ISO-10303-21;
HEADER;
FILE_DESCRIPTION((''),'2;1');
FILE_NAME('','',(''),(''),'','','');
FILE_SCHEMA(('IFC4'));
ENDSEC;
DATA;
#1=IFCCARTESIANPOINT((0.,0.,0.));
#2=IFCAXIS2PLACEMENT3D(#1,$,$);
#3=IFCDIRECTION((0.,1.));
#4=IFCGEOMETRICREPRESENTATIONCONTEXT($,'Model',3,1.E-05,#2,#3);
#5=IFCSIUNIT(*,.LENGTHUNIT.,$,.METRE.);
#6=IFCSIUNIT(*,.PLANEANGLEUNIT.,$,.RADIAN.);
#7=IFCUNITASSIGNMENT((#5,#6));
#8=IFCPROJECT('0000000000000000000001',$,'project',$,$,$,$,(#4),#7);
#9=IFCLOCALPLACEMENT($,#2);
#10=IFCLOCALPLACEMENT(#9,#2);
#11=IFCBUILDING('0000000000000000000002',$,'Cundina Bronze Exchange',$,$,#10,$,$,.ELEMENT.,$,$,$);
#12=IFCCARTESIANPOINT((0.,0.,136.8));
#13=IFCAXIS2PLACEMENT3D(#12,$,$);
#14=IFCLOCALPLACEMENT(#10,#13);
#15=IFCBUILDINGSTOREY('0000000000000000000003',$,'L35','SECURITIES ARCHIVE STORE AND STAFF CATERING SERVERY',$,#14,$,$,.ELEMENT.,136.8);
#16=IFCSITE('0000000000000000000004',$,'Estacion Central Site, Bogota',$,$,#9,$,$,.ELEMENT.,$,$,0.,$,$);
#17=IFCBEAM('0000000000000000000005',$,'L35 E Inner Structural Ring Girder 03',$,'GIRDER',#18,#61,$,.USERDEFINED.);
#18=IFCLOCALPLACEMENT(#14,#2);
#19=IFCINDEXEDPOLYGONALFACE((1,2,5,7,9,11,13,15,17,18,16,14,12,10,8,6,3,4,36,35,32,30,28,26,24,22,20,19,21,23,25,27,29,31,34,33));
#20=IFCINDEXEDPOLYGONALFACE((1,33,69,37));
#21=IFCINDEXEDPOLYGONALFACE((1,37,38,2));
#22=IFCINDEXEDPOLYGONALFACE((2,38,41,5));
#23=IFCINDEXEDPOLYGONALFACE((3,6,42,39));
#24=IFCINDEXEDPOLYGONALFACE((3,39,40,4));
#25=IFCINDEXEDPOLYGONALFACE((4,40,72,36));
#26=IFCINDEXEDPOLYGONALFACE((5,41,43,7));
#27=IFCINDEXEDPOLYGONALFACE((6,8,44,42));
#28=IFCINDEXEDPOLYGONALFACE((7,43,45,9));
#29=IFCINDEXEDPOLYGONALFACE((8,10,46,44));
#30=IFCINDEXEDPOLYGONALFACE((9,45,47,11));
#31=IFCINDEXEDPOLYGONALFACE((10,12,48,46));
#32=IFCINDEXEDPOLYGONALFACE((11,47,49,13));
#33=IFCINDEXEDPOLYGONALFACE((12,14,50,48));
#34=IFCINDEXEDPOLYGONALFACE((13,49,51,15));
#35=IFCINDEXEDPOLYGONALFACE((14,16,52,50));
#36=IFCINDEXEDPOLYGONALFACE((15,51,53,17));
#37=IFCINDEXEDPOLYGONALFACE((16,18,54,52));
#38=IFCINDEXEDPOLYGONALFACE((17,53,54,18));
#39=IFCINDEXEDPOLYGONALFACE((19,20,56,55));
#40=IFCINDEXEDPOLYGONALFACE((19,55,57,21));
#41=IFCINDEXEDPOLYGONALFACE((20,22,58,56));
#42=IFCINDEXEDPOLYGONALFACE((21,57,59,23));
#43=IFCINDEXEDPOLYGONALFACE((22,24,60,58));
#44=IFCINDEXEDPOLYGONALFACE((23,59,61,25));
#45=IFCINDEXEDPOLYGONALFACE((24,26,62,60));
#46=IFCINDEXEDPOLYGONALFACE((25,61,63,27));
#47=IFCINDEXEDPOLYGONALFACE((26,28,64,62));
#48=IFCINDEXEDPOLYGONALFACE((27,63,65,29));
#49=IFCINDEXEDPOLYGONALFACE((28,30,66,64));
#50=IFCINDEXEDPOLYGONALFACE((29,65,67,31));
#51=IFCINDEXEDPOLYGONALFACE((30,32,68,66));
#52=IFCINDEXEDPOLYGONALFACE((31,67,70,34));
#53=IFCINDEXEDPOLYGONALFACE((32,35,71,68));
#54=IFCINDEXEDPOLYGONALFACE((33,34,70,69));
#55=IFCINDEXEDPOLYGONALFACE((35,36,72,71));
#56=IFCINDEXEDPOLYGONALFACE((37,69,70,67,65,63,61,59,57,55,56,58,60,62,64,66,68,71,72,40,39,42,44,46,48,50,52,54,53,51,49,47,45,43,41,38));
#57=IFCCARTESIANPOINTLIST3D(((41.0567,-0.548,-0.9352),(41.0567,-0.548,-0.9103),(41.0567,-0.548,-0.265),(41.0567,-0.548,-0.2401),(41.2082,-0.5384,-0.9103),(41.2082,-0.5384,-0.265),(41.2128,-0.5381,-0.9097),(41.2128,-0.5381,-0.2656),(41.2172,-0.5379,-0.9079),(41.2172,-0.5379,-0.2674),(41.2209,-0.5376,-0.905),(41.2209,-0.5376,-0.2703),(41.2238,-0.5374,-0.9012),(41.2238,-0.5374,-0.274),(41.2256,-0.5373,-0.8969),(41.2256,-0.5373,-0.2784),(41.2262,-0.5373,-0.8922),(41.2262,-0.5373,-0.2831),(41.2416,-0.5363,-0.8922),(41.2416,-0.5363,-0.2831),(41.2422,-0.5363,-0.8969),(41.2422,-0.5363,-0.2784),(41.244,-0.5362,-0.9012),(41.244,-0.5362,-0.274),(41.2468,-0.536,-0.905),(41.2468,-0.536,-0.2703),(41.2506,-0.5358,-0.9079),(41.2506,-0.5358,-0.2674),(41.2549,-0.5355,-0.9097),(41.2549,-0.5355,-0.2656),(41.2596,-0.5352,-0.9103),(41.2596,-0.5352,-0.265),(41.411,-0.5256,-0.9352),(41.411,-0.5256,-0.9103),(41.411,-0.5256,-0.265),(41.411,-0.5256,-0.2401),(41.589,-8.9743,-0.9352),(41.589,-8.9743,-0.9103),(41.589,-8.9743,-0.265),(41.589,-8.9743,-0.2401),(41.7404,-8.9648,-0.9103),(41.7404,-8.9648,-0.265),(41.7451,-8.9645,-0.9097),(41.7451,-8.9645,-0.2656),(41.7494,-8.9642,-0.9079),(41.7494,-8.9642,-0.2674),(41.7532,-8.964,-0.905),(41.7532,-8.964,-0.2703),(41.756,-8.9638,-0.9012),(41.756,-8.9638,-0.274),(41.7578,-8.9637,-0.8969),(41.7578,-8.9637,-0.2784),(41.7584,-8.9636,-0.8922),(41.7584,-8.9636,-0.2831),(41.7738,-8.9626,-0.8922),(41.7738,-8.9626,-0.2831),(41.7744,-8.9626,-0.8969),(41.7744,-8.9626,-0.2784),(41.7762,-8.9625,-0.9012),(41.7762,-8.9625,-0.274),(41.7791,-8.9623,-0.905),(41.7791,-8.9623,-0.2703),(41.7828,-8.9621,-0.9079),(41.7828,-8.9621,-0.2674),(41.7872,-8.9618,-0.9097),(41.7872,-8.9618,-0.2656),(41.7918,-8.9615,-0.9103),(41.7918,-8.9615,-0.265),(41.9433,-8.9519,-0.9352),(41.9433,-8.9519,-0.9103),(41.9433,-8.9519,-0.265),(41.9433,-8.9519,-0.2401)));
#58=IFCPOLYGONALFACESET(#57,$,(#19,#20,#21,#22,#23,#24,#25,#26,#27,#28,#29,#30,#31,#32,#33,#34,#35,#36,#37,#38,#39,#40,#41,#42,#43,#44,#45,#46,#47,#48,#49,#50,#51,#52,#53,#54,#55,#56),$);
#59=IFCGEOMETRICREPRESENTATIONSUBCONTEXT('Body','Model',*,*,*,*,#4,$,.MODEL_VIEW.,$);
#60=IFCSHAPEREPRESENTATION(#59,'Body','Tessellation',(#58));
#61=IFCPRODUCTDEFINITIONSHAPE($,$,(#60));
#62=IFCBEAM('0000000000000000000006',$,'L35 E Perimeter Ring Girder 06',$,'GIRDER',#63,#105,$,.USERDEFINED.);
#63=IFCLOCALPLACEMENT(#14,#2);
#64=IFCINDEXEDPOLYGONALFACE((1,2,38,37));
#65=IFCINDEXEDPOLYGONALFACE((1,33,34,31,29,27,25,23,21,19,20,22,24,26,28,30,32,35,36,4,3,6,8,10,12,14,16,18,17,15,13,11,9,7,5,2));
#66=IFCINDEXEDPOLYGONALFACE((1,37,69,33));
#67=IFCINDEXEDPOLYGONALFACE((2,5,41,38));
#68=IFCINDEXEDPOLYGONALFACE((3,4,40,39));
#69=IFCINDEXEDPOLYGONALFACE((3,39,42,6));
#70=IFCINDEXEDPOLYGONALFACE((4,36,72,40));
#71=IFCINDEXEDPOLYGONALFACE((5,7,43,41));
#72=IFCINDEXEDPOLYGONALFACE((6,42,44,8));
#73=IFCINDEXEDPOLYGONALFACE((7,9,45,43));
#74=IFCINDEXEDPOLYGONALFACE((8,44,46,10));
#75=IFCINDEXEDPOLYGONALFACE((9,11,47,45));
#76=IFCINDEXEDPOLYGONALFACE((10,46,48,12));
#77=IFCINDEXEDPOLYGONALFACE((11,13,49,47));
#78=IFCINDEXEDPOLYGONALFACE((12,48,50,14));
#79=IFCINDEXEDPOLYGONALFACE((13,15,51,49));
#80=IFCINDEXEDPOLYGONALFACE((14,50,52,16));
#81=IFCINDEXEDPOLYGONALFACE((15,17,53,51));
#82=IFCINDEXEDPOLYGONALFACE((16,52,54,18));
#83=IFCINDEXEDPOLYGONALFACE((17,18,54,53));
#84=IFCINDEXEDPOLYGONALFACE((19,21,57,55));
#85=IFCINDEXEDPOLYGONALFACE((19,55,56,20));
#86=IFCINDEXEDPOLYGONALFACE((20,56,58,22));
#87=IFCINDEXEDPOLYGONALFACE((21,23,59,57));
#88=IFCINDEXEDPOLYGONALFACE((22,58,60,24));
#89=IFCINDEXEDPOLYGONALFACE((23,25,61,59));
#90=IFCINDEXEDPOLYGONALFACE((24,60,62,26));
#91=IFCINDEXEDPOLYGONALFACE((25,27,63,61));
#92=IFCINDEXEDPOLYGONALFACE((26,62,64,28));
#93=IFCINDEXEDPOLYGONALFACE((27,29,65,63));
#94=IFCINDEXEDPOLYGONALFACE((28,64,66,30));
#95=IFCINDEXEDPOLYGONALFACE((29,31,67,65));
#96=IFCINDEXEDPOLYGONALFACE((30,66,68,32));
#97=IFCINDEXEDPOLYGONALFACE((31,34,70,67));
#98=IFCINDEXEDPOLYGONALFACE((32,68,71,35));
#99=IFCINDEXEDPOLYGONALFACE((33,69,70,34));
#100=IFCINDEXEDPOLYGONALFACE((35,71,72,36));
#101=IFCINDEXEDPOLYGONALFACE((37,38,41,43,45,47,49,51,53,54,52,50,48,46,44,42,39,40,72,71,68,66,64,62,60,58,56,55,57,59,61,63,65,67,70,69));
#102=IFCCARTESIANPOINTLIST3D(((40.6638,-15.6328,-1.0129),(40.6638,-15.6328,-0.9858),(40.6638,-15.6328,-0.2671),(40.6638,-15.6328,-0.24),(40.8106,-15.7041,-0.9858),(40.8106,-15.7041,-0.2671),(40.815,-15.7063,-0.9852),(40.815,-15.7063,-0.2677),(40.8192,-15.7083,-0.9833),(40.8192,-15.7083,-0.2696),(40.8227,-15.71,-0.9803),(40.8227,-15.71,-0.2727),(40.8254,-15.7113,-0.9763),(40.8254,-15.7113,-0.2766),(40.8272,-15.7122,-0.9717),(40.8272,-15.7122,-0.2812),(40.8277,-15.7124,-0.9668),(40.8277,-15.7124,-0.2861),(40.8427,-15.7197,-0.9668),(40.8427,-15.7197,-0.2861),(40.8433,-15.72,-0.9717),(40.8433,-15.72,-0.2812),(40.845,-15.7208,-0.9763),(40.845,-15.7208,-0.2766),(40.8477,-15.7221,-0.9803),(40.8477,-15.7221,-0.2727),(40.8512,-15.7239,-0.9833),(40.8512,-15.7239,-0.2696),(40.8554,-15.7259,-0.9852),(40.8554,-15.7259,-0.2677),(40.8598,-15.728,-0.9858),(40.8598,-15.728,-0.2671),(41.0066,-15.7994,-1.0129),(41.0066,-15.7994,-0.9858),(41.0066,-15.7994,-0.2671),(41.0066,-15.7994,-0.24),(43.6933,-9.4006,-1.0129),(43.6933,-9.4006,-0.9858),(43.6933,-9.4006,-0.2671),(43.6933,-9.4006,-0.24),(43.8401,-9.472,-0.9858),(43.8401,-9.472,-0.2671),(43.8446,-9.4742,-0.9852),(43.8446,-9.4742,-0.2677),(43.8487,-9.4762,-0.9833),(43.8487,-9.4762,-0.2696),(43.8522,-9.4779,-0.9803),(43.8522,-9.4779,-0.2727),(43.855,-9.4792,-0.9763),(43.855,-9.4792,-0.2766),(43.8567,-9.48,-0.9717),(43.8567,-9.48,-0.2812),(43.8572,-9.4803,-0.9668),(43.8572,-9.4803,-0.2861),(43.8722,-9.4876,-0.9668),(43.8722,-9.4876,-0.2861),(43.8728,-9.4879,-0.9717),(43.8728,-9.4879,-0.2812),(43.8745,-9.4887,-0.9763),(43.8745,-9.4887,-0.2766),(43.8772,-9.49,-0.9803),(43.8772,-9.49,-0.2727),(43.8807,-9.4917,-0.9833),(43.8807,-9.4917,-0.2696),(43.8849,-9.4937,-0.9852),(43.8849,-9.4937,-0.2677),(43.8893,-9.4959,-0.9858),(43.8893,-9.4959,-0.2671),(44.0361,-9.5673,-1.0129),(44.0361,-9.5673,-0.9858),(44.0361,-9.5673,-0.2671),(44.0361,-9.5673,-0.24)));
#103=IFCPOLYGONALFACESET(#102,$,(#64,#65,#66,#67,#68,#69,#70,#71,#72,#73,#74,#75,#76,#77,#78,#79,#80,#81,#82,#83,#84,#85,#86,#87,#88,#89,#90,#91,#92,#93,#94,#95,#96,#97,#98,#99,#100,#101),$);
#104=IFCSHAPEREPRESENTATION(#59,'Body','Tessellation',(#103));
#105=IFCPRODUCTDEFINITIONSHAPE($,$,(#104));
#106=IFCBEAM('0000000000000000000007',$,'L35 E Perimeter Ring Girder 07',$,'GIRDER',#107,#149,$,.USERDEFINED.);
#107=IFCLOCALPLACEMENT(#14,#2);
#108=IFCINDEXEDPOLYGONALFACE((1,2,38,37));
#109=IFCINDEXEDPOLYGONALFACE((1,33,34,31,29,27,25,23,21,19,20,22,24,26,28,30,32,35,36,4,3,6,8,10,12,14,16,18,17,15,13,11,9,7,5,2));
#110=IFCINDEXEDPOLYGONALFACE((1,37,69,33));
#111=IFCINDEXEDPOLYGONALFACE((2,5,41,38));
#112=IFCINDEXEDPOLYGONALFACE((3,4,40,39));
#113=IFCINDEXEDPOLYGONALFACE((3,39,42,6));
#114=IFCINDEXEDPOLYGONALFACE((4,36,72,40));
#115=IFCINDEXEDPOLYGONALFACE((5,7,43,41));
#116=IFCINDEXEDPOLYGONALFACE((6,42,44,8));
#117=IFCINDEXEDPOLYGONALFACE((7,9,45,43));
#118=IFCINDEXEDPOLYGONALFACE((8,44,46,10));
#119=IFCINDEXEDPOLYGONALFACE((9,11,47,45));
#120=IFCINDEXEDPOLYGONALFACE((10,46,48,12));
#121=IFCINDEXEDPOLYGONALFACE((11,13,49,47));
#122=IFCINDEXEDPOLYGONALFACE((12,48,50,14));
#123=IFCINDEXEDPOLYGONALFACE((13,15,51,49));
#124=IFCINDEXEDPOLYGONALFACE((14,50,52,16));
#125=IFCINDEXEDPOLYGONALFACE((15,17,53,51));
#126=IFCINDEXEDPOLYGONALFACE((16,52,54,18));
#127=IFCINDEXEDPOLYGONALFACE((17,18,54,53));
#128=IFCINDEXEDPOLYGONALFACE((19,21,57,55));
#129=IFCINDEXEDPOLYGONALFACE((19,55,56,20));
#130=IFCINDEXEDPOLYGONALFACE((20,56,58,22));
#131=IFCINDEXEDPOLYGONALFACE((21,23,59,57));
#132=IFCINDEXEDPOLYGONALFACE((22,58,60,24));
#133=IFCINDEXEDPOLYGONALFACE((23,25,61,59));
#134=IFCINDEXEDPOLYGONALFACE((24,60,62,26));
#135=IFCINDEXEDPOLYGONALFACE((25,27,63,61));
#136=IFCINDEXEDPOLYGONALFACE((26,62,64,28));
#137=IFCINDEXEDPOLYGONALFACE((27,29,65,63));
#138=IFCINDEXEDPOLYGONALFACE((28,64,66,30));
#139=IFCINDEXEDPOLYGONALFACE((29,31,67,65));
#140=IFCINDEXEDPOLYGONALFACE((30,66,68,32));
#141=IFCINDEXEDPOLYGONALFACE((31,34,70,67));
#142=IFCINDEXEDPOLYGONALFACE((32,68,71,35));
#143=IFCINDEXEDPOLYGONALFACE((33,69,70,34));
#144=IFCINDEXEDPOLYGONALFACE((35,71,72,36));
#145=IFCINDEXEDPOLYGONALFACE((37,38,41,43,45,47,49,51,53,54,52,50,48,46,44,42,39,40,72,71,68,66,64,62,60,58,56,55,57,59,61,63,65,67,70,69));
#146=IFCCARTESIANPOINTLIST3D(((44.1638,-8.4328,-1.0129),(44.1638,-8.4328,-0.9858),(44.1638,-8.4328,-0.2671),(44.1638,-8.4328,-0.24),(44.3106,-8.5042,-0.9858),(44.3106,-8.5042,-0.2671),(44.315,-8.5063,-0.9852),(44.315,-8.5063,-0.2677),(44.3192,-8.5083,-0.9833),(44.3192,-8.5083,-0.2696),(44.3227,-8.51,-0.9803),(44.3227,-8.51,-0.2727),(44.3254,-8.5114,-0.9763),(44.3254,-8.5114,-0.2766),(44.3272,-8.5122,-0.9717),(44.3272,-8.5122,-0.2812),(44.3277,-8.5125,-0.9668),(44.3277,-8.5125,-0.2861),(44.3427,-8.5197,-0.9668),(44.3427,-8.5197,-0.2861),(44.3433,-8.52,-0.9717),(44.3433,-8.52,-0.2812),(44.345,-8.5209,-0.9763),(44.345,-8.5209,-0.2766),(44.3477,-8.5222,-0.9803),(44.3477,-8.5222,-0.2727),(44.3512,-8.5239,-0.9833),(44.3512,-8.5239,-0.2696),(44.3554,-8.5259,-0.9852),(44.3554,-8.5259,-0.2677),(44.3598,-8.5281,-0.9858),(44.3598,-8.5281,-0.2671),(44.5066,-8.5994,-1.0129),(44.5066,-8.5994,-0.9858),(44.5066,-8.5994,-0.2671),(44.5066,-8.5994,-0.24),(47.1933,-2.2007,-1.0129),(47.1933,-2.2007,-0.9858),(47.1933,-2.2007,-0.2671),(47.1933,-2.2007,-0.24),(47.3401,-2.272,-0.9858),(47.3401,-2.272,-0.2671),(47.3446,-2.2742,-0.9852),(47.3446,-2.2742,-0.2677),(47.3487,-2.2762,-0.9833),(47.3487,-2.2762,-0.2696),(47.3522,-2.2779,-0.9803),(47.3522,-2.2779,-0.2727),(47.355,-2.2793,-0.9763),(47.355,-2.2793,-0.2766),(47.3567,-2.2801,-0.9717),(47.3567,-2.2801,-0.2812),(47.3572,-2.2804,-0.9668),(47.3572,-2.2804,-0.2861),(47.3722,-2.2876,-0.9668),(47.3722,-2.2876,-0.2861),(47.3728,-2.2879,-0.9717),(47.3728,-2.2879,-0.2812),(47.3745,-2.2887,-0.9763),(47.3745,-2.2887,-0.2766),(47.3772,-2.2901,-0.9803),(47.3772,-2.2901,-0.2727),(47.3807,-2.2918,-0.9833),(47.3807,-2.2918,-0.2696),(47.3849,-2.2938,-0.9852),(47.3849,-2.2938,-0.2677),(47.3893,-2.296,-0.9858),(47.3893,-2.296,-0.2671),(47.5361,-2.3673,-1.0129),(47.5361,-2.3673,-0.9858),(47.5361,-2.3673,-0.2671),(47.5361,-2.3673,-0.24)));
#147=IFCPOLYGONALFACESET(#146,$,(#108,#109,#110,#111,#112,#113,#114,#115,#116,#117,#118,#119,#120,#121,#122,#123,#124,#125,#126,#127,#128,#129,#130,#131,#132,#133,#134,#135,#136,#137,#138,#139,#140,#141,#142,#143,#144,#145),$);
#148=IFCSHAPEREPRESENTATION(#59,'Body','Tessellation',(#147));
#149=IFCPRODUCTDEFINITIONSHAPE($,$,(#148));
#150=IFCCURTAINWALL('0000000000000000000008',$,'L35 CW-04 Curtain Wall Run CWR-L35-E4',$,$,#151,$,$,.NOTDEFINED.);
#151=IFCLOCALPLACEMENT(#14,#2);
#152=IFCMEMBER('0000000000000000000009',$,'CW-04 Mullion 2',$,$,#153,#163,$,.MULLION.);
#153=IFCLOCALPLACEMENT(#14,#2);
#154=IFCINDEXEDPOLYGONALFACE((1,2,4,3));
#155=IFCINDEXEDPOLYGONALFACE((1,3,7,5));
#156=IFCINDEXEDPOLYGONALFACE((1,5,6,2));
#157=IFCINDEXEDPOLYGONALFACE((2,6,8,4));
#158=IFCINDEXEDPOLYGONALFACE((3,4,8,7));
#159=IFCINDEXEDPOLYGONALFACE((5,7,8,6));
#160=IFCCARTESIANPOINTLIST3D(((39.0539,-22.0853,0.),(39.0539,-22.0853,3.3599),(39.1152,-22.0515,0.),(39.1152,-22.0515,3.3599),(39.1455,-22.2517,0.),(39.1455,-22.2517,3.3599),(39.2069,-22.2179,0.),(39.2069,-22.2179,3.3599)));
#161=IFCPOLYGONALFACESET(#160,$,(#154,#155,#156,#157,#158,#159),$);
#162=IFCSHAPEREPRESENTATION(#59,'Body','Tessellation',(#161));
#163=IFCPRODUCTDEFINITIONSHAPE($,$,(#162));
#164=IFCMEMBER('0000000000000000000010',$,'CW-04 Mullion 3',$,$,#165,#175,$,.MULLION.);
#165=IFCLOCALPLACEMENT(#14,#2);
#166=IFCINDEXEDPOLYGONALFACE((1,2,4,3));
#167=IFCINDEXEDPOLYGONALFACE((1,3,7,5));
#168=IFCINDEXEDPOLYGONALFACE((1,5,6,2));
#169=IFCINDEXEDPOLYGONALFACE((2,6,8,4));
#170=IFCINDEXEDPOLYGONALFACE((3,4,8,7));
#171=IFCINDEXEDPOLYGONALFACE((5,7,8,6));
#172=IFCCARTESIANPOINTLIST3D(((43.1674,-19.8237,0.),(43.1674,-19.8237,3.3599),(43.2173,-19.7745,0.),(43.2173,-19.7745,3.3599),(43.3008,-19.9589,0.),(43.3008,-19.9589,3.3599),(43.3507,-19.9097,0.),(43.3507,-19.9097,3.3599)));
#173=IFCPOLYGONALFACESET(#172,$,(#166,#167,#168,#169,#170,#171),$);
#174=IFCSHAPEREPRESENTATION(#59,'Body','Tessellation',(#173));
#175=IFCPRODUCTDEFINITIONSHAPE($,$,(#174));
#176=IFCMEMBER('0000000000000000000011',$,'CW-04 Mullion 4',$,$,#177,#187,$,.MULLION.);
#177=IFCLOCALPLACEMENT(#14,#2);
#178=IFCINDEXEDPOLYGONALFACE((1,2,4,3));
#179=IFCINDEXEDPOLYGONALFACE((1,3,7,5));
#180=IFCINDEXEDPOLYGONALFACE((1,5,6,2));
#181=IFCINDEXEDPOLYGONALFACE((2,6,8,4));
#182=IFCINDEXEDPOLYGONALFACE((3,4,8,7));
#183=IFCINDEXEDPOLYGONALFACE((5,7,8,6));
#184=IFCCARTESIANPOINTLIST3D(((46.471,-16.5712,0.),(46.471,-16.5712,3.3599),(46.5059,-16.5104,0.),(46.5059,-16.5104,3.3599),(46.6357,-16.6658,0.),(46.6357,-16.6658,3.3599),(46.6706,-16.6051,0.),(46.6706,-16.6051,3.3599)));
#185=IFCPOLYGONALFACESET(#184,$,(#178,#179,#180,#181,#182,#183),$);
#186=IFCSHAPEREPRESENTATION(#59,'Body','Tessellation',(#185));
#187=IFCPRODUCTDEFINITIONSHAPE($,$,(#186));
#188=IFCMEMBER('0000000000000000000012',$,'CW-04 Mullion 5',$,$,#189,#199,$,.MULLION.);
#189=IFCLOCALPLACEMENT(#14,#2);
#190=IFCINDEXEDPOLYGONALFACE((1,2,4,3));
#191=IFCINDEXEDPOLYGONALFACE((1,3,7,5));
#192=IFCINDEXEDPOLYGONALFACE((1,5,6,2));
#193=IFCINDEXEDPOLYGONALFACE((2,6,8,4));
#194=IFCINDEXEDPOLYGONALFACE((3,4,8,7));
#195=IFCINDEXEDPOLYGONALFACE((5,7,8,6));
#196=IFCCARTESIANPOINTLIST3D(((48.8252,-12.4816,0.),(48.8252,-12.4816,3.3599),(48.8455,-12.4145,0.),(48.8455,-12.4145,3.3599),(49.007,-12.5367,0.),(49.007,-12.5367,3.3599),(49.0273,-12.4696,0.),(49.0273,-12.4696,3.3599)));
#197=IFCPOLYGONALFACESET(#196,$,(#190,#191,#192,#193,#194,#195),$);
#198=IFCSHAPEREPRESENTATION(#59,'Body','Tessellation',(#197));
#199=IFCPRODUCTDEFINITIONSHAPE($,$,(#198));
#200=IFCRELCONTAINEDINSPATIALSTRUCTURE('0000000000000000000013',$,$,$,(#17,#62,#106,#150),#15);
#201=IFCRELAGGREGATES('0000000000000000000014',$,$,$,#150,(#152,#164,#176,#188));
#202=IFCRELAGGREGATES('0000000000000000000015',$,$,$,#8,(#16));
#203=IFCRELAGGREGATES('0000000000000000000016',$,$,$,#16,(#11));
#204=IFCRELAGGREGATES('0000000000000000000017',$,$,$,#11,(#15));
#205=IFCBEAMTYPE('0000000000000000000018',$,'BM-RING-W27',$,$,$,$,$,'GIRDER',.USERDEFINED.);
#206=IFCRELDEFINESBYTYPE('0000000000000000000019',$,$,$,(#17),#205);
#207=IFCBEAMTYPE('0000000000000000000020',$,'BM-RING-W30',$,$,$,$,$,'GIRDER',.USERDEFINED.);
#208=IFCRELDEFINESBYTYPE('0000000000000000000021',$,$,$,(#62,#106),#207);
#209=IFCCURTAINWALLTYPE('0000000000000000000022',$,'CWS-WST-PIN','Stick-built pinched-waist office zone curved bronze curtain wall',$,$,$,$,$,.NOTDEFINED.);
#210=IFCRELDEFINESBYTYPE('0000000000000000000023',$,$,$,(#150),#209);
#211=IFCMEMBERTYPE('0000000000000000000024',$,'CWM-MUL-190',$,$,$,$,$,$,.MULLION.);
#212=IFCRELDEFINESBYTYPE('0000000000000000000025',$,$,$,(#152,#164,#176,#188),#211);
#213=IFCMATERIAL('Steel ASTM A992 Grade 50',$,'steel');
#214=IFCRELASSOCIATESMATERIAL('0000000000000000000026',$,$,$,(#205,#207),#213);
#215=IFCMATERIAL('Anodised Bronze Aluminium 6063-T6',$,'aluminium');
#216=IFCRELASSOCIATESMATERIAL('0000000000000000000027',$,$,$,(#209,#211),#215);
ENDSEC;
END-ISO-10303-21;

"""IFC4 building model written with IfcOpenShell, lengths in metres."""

from ifc_helpers import new_model, si_unit, direction, frame, origin, origin_2d, place, context, subcontext, project, spatial, rectangle, i_section, extrude, material, material_profile, profile_set, type_object, element, aggregate, save


model = new_model("IFC4")

# Units and contexts
model_context = context("Model", 3, precision=1e-05, world=origin(), true_north=direction((0.0, 1.0)))
body_context = subcontext(model_context, "Body", "Model", "MODEL_VIEW")
ifc_project = project(units=[si_unit("LENGTHUNIT", "METRE"), si_unit("PLANEANGLEUNIT", "RADIAN")], contexts=[model_context])

# Site, building, storey
site_placement = place(None, origin())
site = spatial("IfcSite", under=ifc_project, at=site_placement, Name="Estacion Central Site, Bogota", CompositionType="ELEMENT", RefElevation=0.0)
building_placement = place(site_placement, origin())
building = spatial("IfcBuilding", under=site, at=building_placement, Name="Cundina Bronze Exchange", CompositionType="ELEMENT")
storey_placement = place(building_placement, frame((0.0, 0.0, 136.8)))
storey = spatial("IfcBuildingStorey", under=building, at=storey_placement, Name="L35", Description="SECURITIES ARCHIVE STORE AND STAFF CATERING SERVERY", CompositionType="ELEMENT", Elevation=136.8)

# Beams
ifc_material_1 = material(Name="Steel ASTM A992 Grade 50", Category="steel")
ifc_material_profile_1 = material_profile(ifc_material_1, i_section(OverallWidth=0.355, OverallDepth=0.6951, WebThickness=0.0154, FlangeThickness=0.0249, FilletRadius=0.0181, at=origin_2d()), Name="W27X146", Category="steel")
ifc_profile_set_1 = profile_set([ifc_material_profile_1], Name="Steel ASTM A992 Grade 50")
beam_type_1 = type_object("IfcBeamType", Name="BM-RING-W27", ElementType="GIRDER", PredefinedType="USERDEFINED", material=ifc_profile_set_1)
beam_1_placement = place(storey_placement, frame((41.7661, -8.9631, -0.5876), z_axis=(-0.063037, 0.998011, 0.0), x_axis=(-0.998011, -0.063037, 0.0)))
element("IfcBeam", 1, at=beam_1_placement, inside=storey, type_object=beam_type_1, Name="L35 E Inner Structural Ring Girder 03", ObjectType="GIRDER", PredefinedType="USERDEFINED", context=body_context, shape_type="SweptSolid", body=[
    extrude(i_section(OverallWidth=0.355, OverallDepth=0.6951, WebThickness=0.0154, FlangeThickness=0.0249, FilletRadius=0.0181, at=origin_2d()), origin(), (0.0, 0.0, 1.0), 8.4431),
])
ifc_material_profile_2 = material_profile(ifc_material_1, i_section(OverallWidth=0.3811, OverallDepth=0.7729, WebThickness=0.0166, FlangeThickness=0.0271, FilletRadius=0.019, at=origin_2d()), Name="W30X173", Category="steel")
ifc_profile_set_2 = profile_set([ifc_material_profile_2], Name="Steel ASTM A992 Grade 50")
beam_type_2 = type_object("IfcBeamType", Name="BM-RING-W30", ElementType="GIRDER", PredefinedType="USERDEFINED", material=ifc_profile_set_2)
for number, where, z_axis, x_axis, name in (
    (2, (40.8352, -15.7161, -0.6265), (0.437194, 0.899367, 0.0), (-0.899367, 0.437194, 0.0), "L35 E Perimeter Ring Girder 06"),
    (3, (44.3352, -8.5161, -0.6265), (0.437194, 0.899367, 0.0), (-0.899367, 0.437194, 0.0), "L35 E Perimeter Ring Girder 07"),
):
    element("IfcBeam", number, at=place(storey_placement, frame(where, z_axis=z_axis, x_axis=x_axis)), inside=storey, type_object=beam_type_2, Name=name, ObjectType="GIRDER", PredefinedType="USERDEFINED", context=body_context, shape_type="SweptSolid", body=[
        extrude(i_section(OverallWidth=0.3811, OverallDepth=0.7729, WebThickness=0.0166, FlangeThickness=0.0271, FilletRadius=0.019, at=origin_2d()), origin(), (0.0, 0.0, 1.0), 6.9294),
    ])

# Curtain wall, members
ifc_material_2 = material(Name="Anodised Bronze Aluminium 6063-T6", Category="aluminium")
curtain_wall_type = type_object("IfcCurtainWallType", Name="CWS-WST-PIN", Description="Stick-built pinched-waist office zone curved bronze curtain wall", PredefinedType="NOTDEFINED", material=ifc_material_2)
curtain_wall_placement = place(storey_placement, origin())
curtain_wall = element("IfcCurtainWall", 4, at=curtain_wall_placement, inside=storey, type_object=curtain_wall_type, Name="L35 CW-04 Curtain Wall Run CWR-L35-E4", PredefinedType="NOTDEFINED")
ifc_material_profile_3 = material_profile(ifc_material_2, rectangle(XDim=0.0701, YDim=0.1899, at=origin_2d()), Name="AL70X190", Category="aluminium")
ifc_profile_set_3 = profile_set([ifc_material_profile_3], Name="Anodised Bronze Aluminium 6063-T6")
member_type_1 = type_object("IfcMemberType", Name="CWM-MUL-190", PredefinedType="MULLION", material=ifc_profile_set_3)
member_1_placement = place(storey_placement, frame((39.1304, -22.1516, 0.0), z_axis=(0.0, 0.0, 1.0), x_axis=(0.875886, 0.482518, 0.0)))
member_1 = element("IfcMember", 5, at=member_1_placement, type_object=member_type_1, Name="CW-04 Mullion 2", PredefinedType="MULLION", context=body_context, shape_type="SweptSolid", body=[
    extrude(rectangle(XDim=0.0701, YDim=0.1899, at=origin_2d()), origin(), (0.0, 0.0, 1.0), 3.3599),
])
member_2_placement = place(storey_placement, frame((43.259, -19.8667, 0.0), z_axis=(0.0, 0.0, 1.0), x_axis=(0.712026, 0.702153, 0.0)))
member_2 = element("IfcMember", 6, at=member_2_placement, type_object=member_type_1, Name="CW-04 Mullion 3", PredefinedType="MULLION", context=body_context, shape_type="SweptSolid", body=[
    extrude(rectangle(XDim=0.0701, YDim=0.1899, at=origin_2d()), origin(), (0.0, 0.0, 1.0), 3.3599),
])
member_3_placement = place(storey_placement, frame((46.5708, -16.5881, 0.0), z_axis=(0.0, 0.0, 1.0), x_axis=(0.498488, 0.866897, 0.0)))
member_3 = element("IfcMember", 7, at=member_3_placement, type_object=member_type_1, Name="CW-04 Mullion 4", PredefinedType="MULLION", context=body_context, shape_type="SweptSolid", body=[
    extrude(rectangle(XDim=0.0701, YDim=0.1899, at=origin_2d()), origin(), (0.0, 0.0, 1.0), 3.3599),
])
member_4_placement = place(storey_placement, frame((48.9263, -12.4756, 0.0), z_axis=(0.0, 0.0, 1.0), x_axis=(0.290034, 0.957016, 0.0)))
member_4 = element("IfcMember", 8, at=member_4_placement, type_object=member_type_1, Name="CW-04 Mullion 5", PredefinedType="MULLION", context=body_context, shape_type="SweptSolid", body=[
    extrude(rectangle(XDim=0.0701, YDim=0.1899, at=origin_2d()), origin(), (0.0, 0.0, 1.0), 3.3599),
])
aggregate(curtain_wall, [member_1, member_2, member_3, member_4])

save(model, "model.ifc")
